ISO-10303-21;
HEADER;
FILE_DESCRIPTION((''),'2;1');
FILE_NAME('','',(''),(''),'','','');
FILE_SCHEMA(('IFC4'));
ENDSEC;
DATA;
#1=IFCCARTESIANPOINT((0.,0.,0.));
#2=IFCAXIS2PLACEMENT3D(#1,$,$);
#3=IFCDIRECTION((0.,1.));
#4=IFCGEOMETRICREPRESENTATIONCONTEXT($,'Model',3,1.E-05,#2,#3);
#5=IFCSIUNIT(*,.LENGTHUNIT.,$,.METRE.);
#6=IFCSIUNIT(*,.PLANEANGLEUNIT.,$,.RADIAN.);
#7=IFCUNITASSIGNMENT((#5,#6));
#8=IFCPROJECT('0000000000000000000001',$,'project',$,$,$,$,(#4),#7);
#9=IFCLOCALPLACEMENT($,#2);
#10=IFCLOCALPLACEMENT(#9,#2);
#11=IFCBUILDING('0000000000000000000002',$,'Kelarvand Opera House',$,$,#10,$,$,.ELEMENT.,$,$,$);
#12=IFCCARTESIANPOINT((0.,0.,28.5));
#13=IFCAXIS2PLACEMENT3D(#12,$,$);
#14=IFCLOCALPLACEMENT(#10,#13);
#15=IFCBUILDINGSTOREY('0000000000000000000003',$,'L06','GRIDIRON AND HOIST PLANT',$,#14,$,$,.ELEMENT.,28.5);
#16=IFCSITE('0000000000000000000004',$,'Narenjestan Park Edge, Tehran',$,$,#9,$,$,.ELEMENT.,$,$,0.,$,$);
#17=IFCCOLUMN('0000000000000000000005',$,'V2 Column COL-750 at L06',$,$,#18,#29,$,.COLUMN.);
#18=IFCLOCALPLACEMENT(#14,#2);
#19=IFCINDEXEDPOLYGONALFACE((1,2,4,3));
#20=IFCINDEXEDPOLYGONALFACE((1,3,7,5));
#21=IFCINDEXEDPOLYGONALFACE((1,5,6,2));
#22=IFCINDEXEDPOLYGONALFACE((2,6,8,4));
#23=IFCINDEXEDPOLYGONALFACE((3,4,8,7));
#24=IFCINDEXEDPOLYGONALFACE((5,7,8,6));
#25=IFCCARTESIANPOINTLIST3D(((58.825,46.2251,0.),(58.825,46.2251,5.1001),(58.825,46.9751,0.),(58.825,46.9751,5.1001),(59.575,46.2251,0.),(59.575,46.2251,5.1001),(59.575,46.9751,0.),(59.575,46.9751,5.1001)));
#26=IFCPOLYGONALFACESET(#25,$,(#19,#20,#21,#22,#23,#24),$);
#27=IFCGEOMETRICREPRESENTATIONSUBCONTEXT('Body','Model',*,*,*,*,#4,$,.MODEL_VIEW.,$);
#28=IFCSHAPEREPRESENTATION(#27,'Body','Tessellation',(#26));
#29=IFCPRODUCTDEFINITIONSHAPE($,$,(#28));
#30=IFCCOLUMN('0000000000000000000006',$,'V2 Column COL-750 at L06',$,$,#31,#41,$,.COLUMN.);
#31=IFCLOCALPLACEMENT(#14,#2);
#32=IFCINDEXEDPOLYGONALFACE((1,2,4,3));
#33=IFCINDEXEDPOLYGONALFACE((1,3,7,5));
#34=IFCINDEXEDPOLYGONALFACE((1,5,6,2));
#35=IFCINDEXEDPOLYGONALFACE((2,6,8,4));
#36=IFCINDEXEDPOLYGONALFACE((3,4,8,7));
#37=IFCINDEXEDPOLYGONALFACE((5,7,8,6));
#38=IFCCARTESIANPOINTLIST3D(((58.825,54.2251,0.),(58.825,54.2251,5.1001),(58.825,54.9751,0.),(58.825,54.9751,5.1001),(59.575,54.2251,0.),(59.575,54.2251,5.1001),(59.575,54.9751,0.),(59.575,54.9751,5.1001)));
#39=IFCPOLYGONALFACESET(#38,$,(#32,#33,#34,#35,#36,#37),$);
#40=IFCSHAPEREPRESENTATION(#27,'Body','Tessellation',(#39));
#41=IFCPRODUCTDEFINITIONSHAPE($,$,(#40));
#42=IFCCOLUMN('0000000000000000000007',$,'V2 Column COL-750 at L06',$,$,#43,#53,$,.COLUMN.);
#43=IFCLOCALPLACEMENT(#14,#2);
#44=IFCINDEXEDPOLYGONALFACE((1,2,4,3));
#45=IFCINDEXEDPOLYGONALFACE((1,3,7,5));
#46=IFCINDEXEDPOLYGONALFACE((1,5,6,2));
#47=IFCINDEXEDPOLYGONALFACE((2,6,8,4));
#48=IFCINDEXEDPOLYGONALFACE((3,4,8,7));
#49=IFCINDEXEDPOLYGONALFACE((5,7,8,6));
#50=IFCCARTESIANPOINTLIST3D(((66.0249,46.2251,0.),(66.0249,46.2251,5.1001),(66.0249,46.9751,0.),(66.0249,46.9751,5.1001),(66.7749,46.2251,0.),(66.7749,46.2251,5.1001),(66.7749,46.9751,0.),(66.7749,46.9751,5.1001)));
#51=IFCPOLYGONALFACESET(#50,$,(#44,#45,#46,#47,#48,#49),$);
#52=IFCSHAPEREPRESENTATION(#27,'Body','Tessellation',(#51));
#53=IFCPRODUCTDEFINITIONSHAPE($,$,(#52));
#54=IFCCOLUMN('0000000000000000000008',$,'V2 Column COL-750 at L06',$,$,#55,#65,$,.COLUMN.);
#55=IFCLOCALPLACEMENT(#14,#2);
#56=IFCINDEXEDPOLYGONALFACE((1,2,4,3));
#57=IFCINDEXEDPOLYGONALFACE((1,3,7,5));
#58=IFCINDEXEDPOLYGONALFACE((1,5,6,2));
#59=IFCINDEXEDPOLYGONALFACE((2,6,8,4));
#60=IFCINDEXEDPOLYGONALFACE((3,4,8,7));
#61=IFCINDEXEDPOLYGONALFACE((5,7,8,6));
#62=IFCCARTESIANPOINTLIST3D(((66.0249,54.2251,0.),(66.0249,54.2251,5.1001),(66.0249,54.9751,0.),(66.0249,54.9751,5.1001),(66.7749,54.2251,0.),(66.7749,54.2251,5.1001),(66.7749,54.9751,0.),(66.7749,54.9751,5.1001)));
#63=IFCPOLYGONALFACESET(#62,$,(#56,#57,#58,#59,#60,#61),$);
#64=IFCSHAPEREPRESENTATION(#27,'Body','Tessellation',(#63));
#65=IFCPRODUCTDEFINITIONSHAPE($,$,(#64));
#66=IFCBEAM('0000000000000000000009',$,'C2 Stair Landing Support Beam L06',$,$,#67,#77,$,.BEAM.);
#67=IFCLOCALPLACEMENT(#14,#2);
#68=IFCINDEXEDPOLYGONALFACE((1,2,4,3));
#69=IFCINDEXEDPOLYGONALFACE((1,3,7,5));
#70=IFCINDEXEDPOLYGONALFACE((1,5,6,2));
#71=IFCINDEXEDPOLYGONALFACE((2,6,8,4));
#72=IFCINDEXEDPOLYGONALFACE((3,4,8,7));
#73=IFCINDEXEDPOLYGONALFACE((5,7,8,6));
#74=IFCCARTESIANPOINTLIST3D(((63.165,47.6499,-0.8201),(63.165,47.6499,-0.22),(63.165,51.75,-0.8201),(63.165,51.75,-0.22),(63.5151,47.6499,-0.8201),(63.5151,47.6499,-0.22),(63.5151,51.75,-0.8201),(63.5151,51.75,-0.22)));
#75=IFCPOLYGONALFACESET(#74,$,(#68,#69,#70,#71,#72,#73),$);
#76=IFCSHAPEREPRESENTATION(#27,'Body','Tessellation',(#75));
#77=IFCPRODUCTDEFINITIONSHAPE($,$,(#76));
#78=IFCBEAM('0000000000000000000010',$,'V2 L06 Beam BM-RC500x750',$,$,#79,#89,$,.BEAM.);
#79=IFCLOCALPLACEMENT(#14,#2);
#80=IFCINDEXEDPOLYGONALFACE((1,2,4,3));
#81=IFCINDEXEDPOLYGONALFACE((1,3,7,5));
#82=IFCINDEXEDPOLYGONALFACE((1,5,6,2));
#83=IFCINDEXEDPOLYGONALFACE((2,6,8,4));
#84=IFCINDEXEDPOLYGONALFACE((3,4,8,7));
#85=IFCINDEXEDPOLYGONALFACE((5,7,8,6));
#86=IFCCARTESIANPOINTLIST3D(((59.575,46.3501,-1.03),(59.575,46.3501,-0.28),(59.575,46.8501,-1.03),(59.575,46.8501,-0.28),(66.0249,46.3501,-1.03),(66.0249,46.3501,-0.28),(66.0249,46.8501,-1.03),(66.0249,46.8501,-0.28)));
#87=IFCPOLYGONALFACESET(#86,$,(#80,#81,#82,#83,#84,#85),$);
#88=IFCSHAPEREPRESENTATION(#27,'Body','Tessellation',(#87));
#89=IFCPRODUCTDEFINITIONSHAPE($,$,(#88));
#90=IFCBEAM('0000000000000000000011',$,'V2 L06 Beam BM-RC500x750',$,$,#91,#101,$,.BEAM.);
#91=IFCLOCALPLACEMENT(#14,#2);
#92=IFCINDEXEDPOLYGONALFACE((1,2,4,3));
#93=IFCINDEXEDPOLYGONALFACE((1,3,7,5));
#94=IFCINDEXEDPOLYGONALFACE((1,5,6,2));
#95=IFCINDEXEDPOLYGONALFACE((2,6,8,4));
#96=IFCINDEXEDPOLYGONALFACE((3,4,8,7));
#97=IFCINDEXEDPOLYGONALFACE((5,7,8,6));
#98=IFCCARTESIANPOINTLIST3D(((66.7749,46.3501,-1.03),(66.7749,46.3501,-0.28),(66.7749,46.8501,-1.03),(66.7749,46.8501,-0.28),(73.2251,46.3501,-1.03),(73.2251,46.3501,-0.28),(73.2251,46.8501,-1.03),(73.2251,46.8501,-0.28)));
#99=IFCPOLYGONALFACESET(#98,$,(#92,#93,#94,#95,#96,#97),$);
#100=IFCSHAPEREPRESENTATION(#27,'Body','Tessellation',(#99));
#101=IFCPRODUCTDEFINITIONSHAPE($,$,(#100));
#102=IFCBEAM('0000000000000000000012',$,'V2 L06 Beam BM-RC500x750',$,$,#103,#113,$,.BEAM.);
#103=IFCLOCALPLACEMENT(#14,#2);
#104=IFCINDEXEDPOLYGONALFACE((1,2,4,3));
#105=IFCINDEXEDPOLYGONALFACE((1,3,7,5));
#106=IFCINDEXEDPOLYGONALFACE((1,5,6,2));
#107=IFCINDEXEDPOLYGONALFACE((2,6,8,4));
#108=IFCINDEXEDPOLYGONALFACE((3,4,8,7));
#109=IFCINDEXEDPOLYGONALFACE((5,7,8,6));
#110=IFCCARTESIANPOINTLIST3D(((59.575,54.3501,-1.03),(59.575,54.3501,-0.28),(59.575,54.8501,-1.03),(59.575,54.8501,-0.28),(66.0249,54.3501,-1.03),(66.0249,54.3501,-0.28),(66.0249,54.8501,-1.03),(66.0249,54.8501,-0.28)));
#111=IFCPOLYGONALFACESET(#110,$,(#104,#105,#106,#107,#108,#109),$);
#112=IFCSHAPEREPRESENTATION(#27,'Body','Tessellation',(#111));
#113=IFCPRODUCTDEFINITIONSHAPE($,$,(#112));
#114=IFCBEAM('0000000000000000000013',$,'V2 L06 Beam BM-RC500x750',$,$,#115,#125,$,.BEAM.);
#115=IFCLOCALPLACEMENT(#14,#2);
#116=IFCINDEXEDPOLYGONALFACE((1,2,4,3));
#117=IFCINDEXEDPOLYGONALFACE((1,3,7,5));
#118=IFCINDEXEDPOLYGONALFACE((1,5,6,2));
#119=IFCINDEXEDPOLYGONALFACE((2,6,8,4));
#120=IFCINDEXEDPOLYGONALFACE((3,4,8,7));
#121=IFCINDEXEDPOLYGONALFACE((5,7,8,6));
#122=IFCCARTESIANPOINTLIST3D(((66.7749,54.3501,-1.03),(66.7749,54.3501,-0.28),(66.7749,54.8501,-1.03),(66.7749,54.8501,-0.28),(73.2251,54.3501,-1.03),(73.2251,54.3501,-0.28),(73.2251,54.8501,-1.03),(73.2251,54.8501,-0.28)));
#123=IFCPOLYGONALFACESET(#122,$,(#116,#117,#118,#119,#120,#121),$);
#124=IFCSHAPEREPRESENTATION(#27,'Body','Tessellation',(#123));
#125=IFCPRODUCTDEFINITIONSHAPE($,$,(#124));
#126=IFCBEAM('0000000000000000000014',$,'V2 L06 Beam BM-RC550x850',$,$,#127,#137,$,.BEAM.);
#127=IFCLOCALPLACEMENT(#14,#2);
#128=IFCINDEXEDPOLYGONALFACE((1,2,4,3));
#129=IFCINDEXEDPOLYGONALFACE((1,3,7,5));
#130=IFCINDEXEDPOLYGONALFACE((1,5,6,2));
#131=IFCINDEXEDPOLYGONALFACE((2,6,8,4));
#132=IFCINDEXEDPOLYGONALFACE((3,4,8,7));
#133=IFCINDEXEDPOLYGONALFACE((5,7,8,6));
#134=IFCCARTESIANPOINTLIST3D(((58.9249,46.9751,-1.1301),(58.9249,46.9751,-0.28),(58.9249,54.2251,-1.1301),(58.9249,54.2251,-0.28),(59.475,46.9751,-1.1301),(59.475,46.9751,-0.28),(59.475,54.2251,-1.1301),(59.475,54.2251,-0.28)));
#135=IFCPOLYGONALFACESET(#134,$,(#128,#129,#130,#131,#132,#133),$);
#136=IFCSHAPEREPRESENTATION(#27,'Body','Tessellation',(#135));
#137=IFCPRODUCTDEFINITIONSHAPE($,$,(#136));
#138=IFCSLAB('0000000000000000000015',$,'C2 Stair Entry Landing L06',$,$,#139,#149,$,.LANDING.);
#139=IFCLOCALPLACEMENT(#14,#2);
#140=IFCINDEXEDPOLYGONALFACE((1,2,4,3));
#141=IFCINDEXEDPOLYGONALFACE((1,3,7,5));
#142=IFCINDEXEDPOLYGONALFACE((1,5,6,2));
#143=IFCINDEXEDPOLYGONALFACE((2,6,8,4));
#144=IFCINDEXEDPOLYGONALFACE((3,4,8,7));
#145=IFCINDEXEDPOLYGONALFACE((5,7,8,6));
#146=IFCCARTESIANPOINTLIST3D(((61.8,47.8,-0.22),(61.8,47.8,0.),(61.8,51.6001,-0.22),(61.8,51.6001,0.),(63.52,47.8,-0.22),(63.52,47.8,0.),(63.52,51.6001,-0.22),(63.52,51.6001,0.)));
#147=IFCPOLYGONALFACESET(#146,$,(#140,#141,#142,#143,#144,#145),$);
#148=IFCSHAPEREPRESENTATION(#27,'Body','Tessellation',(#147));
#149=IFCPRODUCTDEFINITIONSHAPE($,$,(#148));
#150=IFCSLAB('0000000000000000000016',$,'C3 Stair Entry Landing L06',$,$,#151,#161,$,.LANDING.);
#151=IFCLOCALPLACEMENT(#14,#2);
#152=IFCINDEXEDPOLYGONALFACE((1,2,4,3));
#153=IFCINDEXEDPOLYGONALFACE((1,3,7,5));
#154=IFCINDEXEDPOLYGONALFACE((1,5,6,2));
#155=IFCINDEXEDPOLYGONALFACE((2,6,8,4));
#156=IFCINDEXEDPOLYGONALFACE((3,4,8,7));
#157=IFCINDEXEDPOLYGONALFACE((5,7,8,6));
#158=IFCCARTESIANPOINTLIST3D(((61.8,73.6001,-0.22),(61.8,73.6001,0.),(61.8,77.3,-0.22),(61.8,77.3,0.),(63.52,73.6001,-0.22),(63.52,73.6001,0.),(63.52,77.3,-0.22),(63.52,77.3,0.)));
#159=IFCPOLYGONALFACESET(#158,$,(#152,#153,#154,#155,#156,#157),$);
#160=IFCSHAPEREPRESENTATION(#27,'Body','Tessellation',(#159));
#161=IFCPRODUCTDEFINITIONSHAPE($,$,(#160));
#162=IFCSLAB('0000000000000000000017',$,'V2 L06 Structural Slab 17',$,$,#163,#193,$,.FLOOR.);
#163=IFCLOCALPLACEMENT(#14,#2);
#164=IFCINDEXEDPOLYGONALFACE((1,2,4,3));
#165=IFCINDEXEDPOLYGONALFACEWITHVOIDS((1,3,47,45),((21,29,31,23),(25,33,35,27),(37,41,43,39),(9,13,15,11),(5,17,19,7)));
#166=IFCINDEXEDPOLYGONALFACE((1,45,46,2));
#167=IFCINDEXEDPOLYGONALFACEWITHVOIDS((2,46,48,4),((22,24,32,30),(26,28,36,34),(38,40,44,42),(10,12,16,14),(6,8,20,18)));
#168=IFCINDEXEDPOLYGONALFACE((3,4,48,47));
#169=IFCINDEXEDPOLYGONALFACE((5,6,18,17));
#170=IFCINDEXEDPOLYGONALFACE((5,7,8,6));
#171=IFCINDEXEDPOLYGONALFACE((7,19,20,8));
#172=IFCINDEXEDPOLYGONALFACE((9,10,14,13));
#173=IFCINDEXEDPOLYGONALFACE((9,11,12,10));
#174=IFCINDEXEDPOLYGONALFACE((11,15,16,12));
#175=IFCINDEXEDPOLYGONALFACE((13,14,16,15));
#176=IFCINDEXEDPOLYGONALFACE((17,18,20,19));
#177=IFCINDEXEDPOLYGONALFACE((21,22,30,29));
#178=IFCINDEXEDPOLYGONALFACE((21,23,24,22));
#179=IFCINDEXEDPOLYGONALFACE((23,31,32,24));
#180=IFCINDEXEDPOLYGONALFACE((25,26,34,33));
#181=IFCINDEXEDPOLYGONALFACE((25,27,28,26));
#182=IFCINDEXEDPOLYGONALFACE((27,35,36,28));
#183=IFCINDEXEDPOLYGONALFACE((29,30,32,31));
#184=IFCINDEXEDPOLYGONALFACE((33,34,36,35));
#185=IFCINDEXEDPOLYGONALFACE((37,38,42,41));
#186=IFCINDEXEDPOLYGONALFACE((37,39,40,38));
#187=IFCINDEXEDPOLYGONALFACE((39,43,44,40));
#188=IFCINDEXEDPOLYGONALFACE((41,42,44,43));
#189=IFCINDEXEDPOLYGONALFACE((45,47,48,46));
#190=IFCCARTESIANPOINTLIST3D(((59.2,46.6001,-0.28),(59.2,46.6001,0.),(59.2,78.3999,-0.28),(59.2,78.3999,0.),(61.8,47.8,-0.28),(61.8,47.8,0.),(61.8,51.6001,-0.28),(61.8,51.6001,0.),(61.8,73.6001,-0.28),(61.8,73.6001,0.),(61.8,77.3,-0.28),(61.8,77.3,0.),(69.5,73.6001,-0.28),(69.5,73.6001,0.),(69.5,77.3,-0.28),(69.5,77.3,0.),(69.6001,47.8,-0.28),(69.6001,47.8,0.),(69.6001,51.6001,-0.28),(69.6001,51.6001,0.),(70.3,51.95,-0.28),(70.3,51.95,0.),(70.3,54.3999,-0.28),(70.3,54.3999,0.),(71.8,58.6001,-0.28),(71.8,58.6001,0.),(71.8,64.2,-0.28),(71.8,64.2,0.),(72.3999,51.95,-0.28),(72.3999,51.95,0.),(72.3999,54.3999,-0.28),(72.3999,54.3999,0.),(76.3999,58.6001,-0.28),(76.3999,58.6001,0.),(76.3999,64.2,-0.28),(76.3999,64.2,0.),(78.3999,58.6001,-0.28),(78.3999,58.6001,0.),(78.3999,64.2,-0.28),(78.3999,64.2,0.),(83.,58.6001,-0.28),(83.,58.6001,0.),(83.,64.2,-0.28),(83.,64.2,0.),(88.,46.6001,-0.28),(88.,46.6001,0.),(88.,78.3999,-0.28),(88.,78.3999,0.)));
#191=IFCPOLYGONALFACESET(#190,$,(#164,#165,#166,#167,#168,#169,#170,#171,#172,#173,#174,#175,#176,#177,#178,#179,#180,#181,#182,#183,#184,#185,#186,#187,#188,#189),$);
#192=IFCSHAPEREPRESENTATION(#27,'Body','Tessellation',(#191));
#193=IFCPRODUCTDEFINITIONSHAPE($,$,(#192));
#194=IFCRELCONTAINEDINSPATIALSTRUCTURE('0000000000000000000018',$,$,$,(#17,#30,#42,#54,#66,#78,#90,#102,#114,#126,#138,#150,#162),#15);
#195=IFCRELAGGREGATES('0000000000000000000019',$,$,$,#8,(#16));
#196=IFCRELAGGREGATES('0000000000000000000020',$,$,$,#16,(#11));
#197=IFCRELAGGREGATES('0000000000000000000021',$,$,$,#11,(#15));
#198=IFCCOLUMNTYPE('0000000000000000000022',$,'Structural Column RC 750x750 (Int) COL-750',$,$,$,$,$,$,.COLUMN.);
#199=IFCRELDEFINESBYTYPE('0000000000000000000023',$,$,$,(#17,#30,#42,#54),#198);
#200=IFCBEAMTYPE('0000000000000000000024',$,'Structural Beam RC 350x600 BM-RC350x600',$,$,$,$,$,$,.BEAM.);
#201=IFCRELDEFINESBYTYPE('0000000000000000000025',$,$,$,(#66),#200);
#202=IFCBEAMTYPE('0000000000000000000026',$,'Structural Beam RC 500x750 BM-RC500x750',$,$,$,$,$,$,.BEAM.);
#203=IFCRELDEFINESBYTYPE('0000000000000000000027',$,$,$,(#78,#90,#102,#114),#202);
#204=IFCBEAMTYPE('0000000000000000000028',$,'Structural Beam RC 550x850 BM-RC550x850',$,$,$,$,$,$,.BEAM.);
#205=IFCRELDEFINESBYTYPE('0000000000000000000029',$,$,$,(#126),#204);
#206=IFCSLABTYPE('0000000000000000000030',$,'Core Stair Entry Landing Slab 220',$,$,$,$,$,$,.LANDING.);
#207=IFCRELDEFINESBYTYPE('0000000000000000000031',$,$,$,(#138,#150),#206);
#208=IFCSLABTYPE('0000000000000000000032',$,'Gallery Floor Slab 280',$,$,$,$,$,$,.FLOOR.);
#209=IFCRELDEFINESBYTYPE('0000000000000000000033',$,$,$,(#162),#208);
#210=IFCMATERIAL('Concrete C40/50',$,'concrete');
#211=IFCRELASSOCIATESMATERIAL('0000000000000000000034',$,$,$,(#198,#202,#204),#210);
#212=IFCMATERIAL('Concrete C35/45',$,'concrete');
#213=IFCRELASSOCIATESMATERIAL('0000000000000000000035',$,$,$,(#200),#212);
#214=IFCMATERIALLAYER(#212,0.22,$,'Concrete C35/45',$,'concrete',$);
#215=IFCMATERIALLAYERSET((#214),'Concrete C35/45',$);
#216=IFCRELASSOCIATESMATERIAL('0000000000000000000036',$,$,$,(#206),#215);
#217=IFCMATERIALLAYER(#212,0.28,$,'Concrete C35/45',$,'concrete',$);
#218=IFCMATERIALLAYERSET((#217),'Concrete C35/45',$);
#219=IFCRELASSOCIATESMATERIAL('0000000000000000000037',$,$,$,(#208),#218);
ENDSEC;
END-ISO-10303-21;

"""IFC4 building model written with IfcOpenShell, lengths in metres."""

from ifc_helpers import new_model, si_unit, direction, frame, origin, origin_2d, place, context, subcontext, project, spatial, polyline, rectangle, outline, extrude, material, layer, layer_set, material_profile, profile_set, type_object, element, save


model = new_model("IFC4")

# Units and contexts
model_context = context("Model", 3, precision=1e-05, world=origin(), true_north=direction((0.0, 1.0)))
body_context = subcontext(model_context, "Body", "Model", "MODEL_VIEW")
ifc_project = project(units=[si_unit("LENGTHUNIT", "METRE"), si_unit("PLANEANGLEUNIT", "RADIAN")], contexts=[model_context])

# Site, building, storey
site_placement = place(None, origin())
site = spatial("IfcSite", under=ifc_project, at=site_placement, Name="Narenjestan Park Edge, Tehran", CompositionType="ELEMENT", RefElevation=0.0)
building_placement = place(site_placement, origin())
building = spatial("IfcBuilding", under=site, at=building_placement, Name="Kelarvand Opera House", CompositionType="ELEMENT")
storey_placement = place(building_placement, frame((0.0, 0.0, 28.5)))
storey = spatial("IfcBuildingStorey", under=building, at=storey_placement, Name="L06", Description="GRIDIRON AND HOIST PLANT", CompositionType="ELEMENT", Elevation=28.5)

# Columns
ifc_material_1 = material(Name="Concrete C40/50", Category="concrete")
ifc_material_profile_1 = material_profile(ifc_material_1, rectangle(XDim=0.75, YDim=0.75, at=origin_2d()), Name="RC 750x750", Category="concrete")
ifc_profile_set_1 = profile_set([ifc_material_profile_1], Name="Concrete C40/50")
column_type = type_object("IfcColumnType", Name="Structural Column RC 750x750 (Int) COL-750", PredefinedType="COLUMN", material=ifc_profile_set_1)
for number, where, z_axis, x_axis, name in (
    (1, (59.2, 46.6001, 0.0), (0.0, 0.0, 1.0), (1.0, 0.0, 0.0), "V2 Column COL-750 at L06"),
    (2, (59.2, 54.6001, 0.0), (0.0, 0.0, 1.0), (1.0, 0.0, 0.0), "V2 Column COL-750 at L06"),
    (3, (66.3999, 46.6001, 0.0), (0.0, 0.0, 1.0), (1.0, 0.0, 0.0), "V2 Column COL-750 at L06"),
    (4, (66.3999, 54.6001, 0.0), (0.0, 0.0, 1.0), (1.0, 0.0, 0.0), "V2 Column COL-750 at L06"),
):
    element("IfcColumn", number, at=place(storey_placement, frame(where, z_axis=z_axis, x_axis=x_axis)), inside=storey, type_object=column_type, Name=name, PredefinedType="COLUMN", context=body_context, shape_type="SweptSolid", body=[
        extrude(rectangle(XDim=0.75, YDim=0.75, at=origin_2d()), origin(), (0.0, 0.0, 1.0), 5.1001),
    ])

# Beams
ifc_material_2 = material(Name="Concrete C35/45", Category="concrete")
ifc_material_profile_2 = material_profile(ifc_material_2, rectangle(XDim=0.3501, YDim=0.6001, at=origin_2d()), Name="RC 350x600", Category="concrete")
ifc_profile_set_2 = profile_set([ifc_material_profile_2], Name="Concrete C35/45")
beam_type_1 = type_object("IfcBeamType", Name="Structural Beam RC 350x600 BM-RC350x600", PredefinedType="BEAM", material=ifc_profile_set_2)
beam_1_placement = place(storey_placement, frame((63.3401, 47.6499, -0.52), z_axis=(0.0, 1.0, 0.0), x_axis=(-1.0, 0.0, 0.0)))
element("IfcBeam", 5, at=beam_1_placement, inside=storey, type_object=beam_type_1, Name="C2 Stair Landing Support Beam L06", PredefinedType="BEAM", context=body_context, shape_type="SweptSolid", body=[
    extrude(rectangle(XDim=0.3501, YDim=0.6001, at=origin_2d()), origin(), (0.0, 0.0, 1.0), 4.1001),
])
ifc_material_profile_3 = material_profile(ifc_material_1, rectangle(XDim=0.5, YDim=0.75, at=origin_2d()), Name="RC 500x750", Category="concrete")
ifc_profile_set_3 = profile_set([ifc_material_profile_3], Name="Concrete C40/50")
beam_type_2 = type_object("IfcBeamType", Name="Structural Beam RC 500x750 BM-RC500x750", PredefinedType="BEAM", material=ifc_profile_set_3)
beam_2_placement = place(storey_placement, frame((59.575, 46.6001, -0.655), z_axis=(1.0, 0.0, 0.0), x_axis=(0.0, 1.0, 0.0)))
element("IfcBeam", 6, at=beam_2_placement, inside=storey, type_object=beam_type_2, Name="V2 L06 Beam BM-RC500x750", PredefinedType="BEAM", context=body_context, shape_type="SweptSolid", body=[
    extrude(rectangle(XDim=0.5, YDim=0.75, at=origin_2d()), origin(), (0.0, 0.0, 1.0), 6.45),
])
beam_3_placement = place(storey_placement, frame((66.7749, 46.6001, -0.655), z_axis=(1.0, 0.0, 0.0), x_axis=(0.0, 1.0, 0.0)))
element("IfcBeam", 7, at=beam_3_placement, inside=storey, type_object=beam_type_2, Name="V2 L06 Beam BM-RC500x750", PredefinedType="BEAM", context=body_context, shape_type="SweptSolid", body=[
    extrude(rectangle(XDim=0.5, YDim=0.75, at=origin_2d()), origin(), (0.0, 0.0, 1.0), 6.4502),
])
beam_4_placement = place(storey_placement, frame((59.575, 54.6001, -0.655), z_axis=(1.0, 0.0, 0.0), x_axis=(0.0, 1.0, 0.0)))
element("IfcBeam", 8, at=beam_4_placement, inside=storey, type_object=beam_type_2, Name="V2 L06 Beam BM-RC500x750", PredefinedType="BEAM", context=body_context, shape_type="SweptSolid", body=[
    extrude(rectangle(XDim=0.5, YDim=0.75, at=origin_2d()), origin(), (0.0, 0.0, 1.0), 6.45),
])
beam_5_placement = place(storey_placement, frame((66.7749, 54.6001, -0.655), z_axis=(1.0, 0.0, 0.0), x_axis=(0.0, 1.0, 0.0)))
element("IfcBeam", 9, at=beam_5_placement, inside=storey, type_object=beam_type_2, Name="V2 L06 Beam BM-RC500x750", PredefinedType="BEAM", context=body_context, shape_type="SweptSolid", body=[
    extrude(rectangle(XDim=0.5, YDim=0.75, at=origin_2d()), origin(), (0.0, 0.0, 1.0), 6.4502),
])
ifc_material_profile_4 = material_profile(ifc_material_1, rectangle(XDim=0.55, YDim=0.8501, at=origin_2d()), Name="RC 550x850", Category="concrete")
ifc_profile_set_4 = profile_set([ifc_material_profile_4], Name="Concrete C40/50")
beam_type_3 = type_object("IfcBeamType", Name="Structural Beam RC 550x850 BM-RC550x850", PredefinedType="BEAM", material=ifc_profile_set_4)
beam_6_placement = place(storey_placement, frame((59.2, 46.9751, -0.7051), z_axis=(0.0, 1.0, 0.0), x_axis=(-1.0, 0.0, 0.0)))
element("IfcBeam", 10, at=beam_6_placement, inside=storey, type_object=beam_type_3, Name="V2 L06 Beam BM-RC550x850", PredefinedType="BEAM", context=body_context, shape_type="SweptSolid", body=[
    extrude(rectangle(XDim=0.55, YDim=0.8501, at=origin_2d()), origin(), (0.0, 0.0, 1.0), 7.25),
])

# Slabs
ifc_layer_1 = layer(ifc_material_2, 0.22, Name="Concrete C35/45", Category="concrete")
ifc_layer_set_1 = layer_set([ifc_layer_1], Name="Concrete C35/45")
slab_type_1 = type_object("IfcSlabType", Name="Core Stair Entry Landing Slab 220", PredefinedType="LANDING", material=ifc_layer_set_1)
slab_1_placement = place(storey_placement, frame((0.0, 0.0, -0.22)))
element("IfcSlab", 11, at=slab_1_placement, inside=storey, type_object=slab_type_1, Name="C2 Stair Entry Landing L06", PredefinedType="LANDING", context=body_context, shape_type="SweptSolid", body=[
    extrude(outline(polyline([(61.8, 47.8), (63.52, 47.8), (63.52, 51.6001), (61.8, 51.6001), (61.8, 47.8)])), origin(), (0.0, 0.0, 1.0), 0.22),
])
slab_2_placement = place(storey_placement, frame((0.0, 0.0, -0.22)))
element("IfcSlab", 12, at=slab_2_placement, inside=storey, type_object=slab_type_1, Name="C3 Stair Entry Landing L06", PredefinedType="LANDING", context=body_context, shape_type="SweptSolid", body=[
    extrude(outline(polyline([(61.8, 73.6001), (63.52, 73.6001), (63.52, 77.3), (61.8, 77.3), (61.8, 73.6001)])), origin(), (0.0, 0.0, 1.0), 0.22),
])
ifc_layer_2 = layer(ifc_material_2, 0.28, Name="Concrete C35/45", Category="concrete")
ifc_layer_set_2 = layer_set([ifc_layer_2], Name="Concrete C35/45")
slab_type_2 = type_object("IfcSlabType", Name="Gallery Floor Slab 280", PredefinedType="FLOOR", material=ifc_layer_set_2)
slab_3_placement = place(storey_placement, frame((0.0, 0.0, -0.28)))
element("IfcSlab", 13, at=slab_3_placement, inside=storey, type_object=slab_type_2, Name="V2 L06 Structural Slab 17", PredefinedType="FLOOR", context=body_context, shape_type="SweptSolid", body=[
    extrude(outline(polyline([(88.0, 46.6001), (88.0, 78.3999), (59.2, 78.3999), (59.2, 46.6001), (88.0, 46.6001)]), holes=[polyline([(61.8, 51.6001), (69.6001, 51.6001), (69.6001, 47.8), (61.8, 47.8), (61.8, 51.6001)]), polyline([(70.3, 54.3999), (72.3999, 54.3999), (72.3999, 51.95), (70.3, 51.95), (70.3, 54.3999)]), polyline([(71.8, 64.2), (76.3999, 64.2), (76.3999, 58.6001), (71.8, 58.6001), (71.8, 64.2)]), polyline([(83.0, 64.2), (83.0, 58.6001), (78.3999, 58.6001), (78.3999, 64.2), (83.0, 64.2)]), polyline([(69.5, 77.3), (69.5, 73.6001), (61.8, 73.6001), (61.8, 77.3), (69.5, 77.3)])]), origin(), (0.0, 0.0, 1.0), 0.28),
])

save(model, "model.ifc")
